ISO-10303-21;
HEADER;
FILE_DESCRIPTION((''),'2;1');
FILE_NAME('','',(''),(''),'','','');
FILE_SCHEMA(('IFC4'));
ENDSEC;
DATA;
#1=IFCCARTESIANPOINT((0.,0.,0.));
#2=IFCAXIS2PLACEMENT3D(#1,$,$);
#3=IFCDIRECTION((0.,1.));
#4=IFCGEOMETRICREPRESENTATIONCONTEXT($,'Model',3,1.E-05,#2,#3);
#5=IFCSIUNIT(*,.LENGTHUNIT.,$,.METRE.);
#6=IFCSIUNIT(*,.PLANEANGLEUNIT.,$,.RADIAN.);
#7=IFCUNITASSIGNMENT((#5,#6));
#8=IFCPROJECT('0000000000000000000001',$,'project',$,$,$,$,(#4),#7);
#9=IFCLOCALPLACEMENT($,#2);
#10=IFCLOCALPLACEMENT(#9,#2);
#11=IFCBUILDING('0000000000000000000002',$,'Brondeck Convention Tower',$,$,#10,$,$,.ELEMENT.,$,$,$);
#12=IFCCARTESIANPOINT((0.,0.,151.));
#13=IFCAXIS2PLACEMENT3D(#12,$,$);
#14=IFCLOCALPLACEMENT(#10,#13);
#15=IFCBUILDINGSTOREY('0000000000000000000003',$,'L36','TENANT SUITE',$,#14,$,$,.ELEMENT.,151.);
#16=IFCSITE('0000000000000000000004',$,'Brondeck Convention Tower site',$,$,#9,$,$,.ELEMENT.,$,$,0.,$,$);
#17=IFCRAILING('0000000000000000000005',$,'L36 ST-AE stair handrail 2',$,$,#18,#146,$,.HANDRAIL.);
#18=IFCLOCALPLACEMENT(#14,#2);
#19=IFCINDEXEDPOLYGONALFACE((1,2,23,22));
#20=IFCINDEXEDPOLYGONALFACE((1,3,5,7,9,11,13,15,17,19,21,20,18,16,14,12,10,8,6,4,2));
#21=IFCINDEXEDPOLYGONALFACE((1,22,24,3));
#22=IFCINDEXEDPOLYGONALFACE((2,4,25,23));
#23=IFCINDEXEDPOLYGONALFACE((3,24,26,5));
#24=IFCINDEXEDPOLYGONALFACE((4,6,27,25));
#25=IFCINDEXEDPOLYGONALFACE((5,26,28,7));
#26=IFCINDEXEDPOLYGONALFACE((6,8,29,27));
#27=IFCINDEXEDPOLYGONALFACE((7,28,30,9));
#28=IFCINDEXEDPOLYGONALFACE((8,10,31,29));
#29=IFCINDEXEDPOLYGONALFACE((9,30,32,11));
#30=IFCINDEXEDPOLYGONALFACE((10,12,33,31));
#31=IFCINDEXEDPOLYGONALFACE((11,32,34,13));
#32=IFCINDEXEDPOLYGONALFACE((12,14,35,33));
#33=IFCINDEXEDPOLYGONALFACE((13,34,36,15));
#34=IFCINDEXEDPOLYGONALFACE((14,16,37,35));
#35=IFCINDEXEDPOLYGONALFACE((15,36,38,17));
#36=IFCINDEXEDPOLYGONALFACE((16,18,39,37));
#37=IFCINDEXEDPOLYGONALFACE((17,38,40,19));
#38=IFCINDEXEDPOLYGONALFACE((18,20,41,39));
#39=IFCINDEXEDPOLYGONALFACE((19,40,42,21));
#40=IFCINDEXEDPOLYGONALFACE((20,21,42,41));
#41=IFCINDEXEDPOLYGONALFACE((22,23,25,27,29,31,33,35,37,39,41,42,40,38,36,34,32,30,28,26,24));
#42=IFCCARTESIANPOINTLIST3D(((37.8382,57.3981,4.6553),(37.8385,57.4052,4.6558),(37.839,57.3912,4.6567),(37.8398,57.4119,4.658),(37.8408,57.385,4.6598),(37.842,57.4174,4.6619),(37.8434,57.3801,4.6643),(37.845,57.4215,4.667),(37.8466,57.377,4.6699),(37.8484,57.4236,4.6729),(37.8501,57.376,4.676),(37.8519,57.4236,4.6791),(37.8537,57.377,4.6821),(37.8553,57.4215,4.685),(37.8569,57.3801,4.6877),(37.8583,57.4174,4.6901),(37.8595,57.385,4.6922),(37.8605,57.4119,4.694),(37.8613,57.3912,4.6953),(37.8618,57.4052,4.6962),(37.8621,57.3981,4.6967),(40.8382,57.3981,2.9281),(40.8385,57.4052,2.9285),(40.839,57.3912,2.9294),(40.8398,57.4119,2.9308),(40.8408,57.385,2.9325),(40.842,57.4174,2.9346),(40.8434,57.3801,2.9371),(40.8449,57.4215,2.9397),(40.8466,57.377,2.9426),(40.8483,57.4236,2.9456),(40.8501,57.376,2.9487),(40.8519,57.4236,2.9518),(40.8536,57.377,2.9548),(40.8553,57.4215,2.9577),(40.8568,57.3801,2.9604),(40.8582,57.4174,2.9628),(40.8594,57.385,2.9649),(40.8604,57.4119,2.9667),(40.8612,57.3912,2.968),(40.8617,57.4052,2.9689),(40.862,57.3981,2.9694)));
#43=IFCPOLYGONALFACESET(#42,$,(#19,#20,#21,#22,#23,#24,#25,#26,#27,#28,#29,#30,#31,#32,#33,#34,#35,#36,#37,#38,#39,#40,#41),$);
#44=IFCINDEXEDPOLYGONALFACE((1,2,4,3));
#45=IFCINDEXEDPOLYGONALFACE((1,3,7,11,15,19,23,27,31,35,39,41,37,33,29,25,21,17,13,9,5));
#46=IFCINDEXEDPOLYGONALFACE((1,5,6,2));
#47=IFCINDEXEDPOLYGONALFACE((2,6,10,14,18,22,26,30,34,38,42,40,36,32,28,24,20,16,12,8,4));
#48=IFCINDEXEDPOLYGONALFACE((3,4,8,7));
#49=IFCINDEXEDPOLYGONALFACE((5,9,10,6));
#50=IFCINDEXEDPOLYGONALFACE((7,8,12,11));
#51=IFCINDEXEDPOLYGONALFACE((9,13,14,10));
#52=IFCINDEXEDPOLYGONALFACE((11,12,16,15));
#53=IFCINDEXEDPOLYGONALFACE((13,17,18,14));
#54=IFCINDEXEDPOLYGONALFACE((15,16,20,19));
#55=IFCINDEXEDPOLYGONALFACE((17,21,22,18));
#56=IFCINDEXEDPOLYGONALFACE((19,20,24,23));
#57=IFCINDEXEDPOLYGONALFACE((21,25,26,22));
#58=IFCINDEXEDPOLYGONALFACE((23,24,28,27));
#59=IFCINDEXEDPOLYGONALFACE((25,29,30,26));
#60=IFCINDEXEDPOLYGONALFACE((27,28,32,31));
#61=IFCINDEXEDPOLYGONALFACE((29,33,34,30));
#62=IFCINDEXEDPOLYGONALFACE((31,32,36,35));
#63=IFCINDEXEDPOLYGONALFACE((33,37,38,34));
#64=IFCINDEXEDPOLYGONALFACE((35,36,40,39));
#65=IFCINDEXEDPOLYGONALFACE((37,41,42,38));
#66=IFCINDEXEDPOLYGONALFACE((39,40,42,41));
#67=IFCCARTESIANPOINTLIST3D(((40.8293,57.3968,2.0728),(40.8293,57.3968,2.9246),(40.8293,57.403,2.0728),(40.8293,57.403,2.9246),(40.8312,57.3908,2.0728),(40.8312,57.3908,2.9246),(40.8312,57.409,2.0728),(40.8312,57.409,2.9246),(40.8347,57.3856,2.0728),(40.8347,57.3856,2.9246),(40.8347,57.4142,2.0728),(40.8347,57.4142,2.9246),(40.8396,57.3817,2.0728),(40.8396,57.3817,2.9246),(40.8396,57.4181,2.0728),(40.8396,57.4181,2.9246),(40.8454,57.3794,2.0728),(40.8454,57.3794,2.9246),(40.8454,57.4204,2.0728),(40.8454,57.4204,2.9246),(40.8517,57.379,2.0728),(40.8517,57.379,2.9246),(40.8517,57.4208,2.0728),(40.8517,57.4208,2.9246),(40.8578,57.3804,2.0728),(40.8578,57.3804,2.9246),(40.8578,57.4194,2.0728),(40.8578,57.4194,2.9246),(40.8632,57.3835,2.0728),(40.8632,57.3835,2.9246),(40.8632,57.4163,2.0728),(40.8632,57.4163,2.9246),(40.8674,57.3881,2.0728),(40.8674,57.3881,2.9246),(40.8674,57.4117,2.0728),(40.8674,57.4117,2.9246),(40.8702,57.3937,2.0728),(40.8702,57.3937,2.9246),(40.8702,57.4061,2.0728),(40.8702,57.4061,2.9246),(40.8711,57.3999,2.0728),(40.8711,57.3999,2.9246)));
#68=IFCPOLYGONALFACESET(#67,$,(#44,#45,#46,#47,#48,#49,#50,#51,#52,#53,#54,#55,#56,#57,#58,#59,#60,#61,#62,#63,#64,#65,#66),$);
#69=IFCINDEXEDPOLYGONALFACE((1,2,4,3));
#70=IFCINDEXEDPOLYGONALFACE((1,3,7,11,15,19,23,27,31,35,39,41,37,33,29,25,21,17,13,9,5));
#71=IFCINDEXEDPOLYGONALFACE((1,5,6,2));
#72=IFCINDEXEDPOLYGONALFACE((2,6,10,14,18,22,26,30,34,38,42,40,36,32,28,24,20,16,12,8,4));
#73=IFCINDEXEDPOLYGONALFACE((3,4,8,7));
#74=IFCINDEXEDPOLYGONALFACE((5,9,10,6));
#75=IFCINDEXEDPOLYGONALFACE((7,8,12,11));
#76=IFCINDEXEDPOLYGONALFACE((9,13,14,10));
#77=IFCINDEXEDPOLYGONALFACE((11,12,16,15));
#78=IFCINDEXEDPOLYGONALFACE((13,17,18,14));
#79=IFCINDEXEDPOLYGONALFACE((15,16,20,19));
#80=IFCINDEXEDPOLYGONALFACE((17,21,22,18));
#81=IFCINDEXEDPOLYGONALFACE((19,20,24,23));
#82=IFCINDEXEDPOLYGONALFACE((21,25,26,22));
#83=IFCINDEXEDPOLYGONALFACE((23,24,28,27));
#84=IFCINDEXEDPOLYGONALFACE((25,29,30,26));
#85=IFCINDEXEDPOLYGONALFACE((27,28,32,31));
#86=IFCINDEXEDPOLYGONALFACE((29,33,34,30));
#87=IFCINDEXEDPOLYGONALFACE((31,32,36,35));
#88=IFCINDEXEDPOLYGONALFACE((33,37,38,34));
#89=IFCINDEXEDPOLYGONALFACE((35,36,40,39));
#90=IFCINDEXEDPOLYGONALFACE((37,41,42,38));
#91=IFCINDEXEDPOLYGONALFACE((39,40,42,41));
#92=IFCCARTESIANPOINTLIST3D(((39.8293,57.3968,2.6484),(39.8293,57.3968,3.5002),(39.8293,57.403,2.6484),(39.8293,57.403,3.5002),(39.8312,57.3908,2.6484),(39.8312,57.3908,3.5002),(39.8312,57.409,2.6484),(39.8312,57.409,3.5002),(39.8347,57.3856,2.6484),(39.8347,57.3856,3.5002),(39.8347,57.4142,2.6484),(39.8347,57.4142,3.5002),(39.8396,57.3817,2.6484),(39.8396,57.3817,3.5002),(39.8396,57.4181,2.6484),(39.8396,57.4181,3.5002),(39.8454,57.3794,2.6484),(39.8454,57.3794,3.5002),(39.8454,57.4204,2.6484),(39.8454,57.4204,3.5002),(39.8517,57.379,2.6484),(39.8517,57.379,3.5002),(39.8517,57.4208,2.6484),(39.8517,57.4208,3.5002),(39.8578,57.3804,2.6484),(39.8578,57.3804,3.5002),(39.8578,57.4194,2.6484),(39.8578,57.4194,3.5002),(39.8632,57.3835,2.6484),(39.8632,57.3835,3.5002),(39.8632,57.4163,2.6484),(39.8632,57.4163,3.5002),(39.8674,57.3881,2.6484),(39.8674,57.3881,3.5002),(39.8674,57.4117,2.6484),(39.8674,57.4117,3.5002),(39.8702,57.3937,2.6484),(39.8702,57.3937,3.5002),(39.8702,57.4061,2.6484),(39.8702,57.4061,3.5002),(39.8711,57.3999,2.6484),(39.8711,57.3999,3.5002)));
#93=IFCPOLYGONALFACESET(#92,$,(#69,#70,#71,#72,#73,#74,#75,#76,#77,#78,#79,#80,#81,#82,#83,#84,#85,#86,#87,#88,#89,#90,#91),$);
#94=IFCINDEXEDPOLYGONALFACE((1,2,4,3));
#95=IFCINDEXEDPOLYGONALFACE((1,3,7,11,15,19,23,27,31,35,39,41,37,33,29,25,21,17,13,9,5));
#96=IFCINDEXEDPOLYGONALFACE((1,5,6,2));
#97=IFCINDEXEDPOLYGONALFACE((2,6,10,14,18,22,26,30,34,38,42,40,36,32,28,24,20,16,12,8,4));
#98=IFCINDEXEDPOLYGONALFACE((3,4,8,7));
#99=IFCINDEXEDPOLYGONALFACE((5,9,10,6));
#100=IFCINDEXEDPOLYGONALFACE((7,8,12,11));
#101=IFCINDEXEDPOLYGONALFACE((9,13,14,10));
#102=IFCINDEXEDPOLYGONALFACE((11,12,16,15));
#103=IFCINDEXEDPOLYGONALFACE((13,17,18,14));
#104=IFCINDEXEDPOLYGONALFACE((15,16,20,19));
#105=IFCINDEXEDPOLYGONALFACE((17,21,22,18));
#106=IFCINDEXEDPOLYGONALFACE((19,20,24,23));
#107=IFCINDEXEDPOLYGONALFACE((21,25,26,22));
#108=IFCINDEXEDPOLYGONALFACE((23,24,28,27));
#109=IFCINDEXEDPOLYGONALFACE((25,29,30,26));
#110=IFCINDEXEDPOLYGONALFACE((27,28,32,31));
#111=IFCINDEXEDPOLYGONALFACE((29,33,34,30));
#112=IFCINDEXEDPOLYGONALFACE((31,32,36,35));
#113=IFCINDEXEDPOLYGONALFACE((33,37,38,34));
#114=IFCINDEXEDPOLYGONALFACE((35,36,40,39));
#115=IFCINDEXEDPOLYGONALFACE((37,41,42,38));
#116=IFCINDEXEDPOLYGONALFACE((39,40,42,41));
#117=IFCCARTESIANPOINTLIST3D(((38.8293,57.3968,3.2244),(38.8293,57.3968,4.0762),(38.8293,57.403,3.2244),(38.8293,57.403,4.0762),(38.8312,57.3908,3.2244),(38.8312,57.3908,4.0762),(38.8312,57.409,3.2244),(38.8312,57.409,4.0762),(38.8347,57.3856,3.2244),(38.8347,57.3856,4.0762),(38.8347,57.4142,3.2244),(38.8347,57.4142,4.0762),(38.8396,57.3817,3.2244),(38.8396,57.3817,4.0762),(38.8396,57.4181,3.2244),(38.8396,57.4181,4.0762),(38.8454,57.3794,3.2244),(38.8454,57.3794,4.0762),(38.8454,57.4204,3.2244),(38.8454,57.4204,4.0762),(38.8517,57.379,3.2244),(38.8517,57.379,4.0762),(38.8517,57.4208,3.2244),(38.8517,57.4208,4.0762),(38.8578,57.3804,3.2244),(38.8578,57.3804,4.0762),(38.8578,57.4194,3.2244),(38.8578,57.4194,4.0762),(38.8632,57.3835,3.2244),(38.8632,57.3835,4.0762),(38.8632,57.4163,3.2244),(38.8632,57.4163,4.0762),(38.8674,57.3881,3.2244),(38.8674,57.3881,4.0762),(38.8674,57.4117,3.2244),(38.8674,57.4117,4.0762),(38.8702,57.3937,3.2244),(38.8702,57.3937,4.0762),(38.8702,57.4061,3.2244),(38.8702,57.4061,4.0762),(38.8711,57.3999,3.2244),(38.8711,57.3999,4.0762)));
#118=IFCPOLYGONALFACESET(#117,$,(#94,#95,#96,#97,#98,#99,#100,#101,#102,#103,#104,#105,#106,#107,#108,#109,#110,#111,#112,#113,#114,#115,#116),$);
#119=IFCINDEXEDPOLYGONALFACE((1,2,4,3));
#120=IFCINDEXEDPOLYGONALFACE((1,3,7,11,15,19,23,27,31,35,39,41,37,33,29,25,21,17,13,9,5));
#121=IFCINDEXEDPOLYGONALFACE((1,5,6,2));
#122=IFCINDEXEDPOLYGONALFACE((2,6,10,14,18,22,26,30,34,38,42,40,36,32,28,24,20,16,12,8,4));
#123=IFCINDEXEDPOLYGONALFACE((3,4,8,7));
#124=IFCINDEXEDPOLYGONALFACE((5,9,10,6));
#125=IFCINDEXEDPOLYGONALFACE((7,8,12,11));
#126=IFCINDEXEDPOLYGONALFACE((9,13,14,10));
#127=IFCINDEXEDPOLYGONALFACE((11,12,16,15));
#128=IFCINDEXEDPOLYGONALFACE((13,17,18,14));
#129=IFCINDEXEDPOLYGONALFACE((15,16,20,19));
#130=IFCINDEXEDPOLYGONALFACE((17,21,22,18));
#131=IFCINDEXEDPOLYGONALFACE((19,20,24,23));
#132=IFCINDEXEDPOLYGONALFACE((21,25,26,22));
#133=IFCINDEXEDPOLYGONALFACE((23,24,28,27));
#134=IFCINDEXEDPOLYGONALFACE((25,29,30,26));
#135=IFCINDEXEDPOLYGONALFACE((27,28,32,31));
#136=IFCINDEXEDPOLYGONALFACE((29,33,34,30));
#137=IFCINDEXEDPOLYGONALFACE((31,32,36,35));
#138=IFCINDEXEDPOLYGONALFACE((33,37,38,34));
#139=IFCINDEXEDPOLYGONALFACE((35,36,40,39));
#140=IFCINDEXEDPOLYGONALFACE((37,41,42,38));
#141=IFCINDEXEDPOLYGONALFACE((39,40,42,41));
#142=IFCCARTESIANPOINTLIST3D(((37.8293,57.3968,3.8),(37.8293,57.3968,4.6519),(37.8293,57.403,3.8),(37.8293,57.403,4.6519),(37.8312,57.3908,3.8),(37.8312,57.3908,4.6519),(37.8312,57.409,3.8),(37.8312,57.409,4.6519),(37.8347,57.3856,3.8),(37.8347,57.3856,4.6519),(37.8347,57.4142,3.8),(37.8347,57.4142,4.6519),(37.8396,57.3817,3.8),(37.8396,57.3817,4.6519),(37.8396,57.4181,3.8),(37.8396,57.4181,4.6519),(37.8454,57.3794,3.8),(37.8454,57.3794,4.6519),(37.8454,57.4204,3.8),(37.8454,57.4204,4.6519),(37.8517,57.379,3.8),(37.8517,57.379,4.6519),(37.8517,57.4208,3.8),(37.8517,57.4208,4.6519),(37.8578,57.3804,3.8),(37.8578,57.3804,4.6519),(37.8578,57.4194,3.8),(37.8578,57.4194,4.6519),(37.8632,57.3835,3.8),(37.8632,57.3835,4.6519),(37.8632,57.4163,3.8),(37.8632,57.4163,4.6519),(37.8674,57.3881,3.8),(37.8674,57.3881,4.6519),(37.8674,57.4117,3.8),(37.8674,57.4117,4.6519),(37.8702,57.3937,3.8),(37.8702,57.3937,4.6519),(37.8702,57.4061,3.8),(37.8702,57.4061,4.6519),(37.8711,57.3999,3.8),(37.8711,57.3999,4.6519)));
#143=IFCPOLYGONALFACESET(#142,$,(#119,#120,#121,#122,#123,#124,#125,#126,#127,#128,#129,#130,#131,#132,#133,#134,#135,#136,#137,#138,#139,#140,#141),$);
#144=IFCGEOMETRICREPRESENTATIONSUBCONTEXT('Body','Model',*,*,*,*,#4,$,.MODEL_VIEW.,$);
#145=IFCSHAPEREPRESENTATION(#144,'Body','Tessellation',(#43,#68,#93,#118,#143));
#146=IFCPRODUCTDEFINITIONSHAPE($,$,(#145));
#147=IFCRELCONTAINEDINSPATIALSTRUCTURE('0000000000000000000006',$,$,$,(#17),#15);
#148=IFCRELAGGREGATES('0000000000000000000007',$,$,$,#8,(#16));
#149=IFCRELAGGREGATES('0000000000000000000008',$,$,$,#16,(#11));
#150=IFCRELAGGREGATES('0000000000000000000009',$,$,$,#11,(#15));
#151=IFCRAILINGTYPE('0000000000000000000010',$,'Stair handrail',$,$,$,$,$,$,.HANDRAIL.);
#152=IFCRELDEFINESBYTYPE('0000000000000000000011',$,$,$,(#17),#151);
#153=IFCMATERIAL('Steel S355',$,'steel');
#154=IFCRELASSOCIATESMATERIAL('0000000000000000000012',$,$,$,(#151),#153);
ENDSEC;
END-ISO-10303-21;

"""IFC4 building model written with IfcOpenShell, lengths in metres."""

from ifc_helpers import new_model, si_unit, direction, frame, origin, origin_2d, place, context, subcontext, project, spatial, circle, extrude, material, type_object, element, save


model = new_model("IFC4")

# Units and contexts
model_context = context("Model", 3, precision=1e-05, world=origin(), true_north=direction((0.0, 1.0)))
body_context = subcontext(model_context, "Body", "Model", "MODEL_VIEW")
ifc_project = project(units=[si_unit("LENGTHUNIT", "METRE"), si_unit("PLANEANGLEUNIT", "RADIAN")], contexts=[model_context])

# Site, building, storey
site_placement = place(None, origin())
site = spatial("IfcSite", under=ifc_project, at=site_placement, Name="Brondeck Convention Tower site", CompositionType="ELEMENT", RefElevation=0.0)
building_placement = place(site_placement, origin())
building = spatial("IfcBuilding", under=site, at=building_placement, Name="Brondeck Convention Tower", CompositionType="ELEMENT")
storey_placement = place(building_placement, frame((0.0, 0.0, 151.0)))
storey = spatial("IfcBuildingStorey", under=building, at=storey_placement, Name="L36", Description="TENANT SUITE", CompositionType="ELEMENT", Elevation=151.0)

# Shared definitions
ifc_material_1 = material(Name="Steel S355", Category="steel")

# Railing
railing_type_1 = type_object("IfcRailingType", Name="Stair handrail", PredefinedType="HANDRAIL", material=ifc_material_1)
railing_1_placement = place(storey_placement, frame((40.8501, 57.3999, 2.0728)))
element("IfcRailing", 1, at=railing_1_placement, inside=storey, type_object=railing_type_1, Name="L36 ST-AE stair handrail 2", PredefinedType="HANDRAIL", context=body_context, shape_type="SweptSolid", body=[
    extrude(circle(Radius=0.0239, at=origin_2d()), frame((0.0, 0.0, 0.876), z_axis=(-0.86662, 0.0, 0.498969), x_axis=(0.0, -1.0, 0.0)), (0.0, 0.0, 1.0), 3.4617),
    extrude(circle(Radius=0.021, at=origin_2d()), origin(), (0.0, 0.0, 1.0), 0.8518),
    extrude(circle(Radius=0.021, at=origin_2d()), frame((-1.0, 0.0, 0.5757)), (0.0, 0.0, 1.0), 0.8518),
    extrude(circle(Radius=0.021, at=origin_2d()), frame((-2.0, 0.0, 1.1516)), (0.0, 0.0, 1.0), 0.8518),
    extrude(circle(Radius=0.021, at=origin_2d()), frame((-3.0, 0.0, 1.7273)), (0.0, 0.0, 1.0), 0.8518),
])

save(model, "model.ifc")
